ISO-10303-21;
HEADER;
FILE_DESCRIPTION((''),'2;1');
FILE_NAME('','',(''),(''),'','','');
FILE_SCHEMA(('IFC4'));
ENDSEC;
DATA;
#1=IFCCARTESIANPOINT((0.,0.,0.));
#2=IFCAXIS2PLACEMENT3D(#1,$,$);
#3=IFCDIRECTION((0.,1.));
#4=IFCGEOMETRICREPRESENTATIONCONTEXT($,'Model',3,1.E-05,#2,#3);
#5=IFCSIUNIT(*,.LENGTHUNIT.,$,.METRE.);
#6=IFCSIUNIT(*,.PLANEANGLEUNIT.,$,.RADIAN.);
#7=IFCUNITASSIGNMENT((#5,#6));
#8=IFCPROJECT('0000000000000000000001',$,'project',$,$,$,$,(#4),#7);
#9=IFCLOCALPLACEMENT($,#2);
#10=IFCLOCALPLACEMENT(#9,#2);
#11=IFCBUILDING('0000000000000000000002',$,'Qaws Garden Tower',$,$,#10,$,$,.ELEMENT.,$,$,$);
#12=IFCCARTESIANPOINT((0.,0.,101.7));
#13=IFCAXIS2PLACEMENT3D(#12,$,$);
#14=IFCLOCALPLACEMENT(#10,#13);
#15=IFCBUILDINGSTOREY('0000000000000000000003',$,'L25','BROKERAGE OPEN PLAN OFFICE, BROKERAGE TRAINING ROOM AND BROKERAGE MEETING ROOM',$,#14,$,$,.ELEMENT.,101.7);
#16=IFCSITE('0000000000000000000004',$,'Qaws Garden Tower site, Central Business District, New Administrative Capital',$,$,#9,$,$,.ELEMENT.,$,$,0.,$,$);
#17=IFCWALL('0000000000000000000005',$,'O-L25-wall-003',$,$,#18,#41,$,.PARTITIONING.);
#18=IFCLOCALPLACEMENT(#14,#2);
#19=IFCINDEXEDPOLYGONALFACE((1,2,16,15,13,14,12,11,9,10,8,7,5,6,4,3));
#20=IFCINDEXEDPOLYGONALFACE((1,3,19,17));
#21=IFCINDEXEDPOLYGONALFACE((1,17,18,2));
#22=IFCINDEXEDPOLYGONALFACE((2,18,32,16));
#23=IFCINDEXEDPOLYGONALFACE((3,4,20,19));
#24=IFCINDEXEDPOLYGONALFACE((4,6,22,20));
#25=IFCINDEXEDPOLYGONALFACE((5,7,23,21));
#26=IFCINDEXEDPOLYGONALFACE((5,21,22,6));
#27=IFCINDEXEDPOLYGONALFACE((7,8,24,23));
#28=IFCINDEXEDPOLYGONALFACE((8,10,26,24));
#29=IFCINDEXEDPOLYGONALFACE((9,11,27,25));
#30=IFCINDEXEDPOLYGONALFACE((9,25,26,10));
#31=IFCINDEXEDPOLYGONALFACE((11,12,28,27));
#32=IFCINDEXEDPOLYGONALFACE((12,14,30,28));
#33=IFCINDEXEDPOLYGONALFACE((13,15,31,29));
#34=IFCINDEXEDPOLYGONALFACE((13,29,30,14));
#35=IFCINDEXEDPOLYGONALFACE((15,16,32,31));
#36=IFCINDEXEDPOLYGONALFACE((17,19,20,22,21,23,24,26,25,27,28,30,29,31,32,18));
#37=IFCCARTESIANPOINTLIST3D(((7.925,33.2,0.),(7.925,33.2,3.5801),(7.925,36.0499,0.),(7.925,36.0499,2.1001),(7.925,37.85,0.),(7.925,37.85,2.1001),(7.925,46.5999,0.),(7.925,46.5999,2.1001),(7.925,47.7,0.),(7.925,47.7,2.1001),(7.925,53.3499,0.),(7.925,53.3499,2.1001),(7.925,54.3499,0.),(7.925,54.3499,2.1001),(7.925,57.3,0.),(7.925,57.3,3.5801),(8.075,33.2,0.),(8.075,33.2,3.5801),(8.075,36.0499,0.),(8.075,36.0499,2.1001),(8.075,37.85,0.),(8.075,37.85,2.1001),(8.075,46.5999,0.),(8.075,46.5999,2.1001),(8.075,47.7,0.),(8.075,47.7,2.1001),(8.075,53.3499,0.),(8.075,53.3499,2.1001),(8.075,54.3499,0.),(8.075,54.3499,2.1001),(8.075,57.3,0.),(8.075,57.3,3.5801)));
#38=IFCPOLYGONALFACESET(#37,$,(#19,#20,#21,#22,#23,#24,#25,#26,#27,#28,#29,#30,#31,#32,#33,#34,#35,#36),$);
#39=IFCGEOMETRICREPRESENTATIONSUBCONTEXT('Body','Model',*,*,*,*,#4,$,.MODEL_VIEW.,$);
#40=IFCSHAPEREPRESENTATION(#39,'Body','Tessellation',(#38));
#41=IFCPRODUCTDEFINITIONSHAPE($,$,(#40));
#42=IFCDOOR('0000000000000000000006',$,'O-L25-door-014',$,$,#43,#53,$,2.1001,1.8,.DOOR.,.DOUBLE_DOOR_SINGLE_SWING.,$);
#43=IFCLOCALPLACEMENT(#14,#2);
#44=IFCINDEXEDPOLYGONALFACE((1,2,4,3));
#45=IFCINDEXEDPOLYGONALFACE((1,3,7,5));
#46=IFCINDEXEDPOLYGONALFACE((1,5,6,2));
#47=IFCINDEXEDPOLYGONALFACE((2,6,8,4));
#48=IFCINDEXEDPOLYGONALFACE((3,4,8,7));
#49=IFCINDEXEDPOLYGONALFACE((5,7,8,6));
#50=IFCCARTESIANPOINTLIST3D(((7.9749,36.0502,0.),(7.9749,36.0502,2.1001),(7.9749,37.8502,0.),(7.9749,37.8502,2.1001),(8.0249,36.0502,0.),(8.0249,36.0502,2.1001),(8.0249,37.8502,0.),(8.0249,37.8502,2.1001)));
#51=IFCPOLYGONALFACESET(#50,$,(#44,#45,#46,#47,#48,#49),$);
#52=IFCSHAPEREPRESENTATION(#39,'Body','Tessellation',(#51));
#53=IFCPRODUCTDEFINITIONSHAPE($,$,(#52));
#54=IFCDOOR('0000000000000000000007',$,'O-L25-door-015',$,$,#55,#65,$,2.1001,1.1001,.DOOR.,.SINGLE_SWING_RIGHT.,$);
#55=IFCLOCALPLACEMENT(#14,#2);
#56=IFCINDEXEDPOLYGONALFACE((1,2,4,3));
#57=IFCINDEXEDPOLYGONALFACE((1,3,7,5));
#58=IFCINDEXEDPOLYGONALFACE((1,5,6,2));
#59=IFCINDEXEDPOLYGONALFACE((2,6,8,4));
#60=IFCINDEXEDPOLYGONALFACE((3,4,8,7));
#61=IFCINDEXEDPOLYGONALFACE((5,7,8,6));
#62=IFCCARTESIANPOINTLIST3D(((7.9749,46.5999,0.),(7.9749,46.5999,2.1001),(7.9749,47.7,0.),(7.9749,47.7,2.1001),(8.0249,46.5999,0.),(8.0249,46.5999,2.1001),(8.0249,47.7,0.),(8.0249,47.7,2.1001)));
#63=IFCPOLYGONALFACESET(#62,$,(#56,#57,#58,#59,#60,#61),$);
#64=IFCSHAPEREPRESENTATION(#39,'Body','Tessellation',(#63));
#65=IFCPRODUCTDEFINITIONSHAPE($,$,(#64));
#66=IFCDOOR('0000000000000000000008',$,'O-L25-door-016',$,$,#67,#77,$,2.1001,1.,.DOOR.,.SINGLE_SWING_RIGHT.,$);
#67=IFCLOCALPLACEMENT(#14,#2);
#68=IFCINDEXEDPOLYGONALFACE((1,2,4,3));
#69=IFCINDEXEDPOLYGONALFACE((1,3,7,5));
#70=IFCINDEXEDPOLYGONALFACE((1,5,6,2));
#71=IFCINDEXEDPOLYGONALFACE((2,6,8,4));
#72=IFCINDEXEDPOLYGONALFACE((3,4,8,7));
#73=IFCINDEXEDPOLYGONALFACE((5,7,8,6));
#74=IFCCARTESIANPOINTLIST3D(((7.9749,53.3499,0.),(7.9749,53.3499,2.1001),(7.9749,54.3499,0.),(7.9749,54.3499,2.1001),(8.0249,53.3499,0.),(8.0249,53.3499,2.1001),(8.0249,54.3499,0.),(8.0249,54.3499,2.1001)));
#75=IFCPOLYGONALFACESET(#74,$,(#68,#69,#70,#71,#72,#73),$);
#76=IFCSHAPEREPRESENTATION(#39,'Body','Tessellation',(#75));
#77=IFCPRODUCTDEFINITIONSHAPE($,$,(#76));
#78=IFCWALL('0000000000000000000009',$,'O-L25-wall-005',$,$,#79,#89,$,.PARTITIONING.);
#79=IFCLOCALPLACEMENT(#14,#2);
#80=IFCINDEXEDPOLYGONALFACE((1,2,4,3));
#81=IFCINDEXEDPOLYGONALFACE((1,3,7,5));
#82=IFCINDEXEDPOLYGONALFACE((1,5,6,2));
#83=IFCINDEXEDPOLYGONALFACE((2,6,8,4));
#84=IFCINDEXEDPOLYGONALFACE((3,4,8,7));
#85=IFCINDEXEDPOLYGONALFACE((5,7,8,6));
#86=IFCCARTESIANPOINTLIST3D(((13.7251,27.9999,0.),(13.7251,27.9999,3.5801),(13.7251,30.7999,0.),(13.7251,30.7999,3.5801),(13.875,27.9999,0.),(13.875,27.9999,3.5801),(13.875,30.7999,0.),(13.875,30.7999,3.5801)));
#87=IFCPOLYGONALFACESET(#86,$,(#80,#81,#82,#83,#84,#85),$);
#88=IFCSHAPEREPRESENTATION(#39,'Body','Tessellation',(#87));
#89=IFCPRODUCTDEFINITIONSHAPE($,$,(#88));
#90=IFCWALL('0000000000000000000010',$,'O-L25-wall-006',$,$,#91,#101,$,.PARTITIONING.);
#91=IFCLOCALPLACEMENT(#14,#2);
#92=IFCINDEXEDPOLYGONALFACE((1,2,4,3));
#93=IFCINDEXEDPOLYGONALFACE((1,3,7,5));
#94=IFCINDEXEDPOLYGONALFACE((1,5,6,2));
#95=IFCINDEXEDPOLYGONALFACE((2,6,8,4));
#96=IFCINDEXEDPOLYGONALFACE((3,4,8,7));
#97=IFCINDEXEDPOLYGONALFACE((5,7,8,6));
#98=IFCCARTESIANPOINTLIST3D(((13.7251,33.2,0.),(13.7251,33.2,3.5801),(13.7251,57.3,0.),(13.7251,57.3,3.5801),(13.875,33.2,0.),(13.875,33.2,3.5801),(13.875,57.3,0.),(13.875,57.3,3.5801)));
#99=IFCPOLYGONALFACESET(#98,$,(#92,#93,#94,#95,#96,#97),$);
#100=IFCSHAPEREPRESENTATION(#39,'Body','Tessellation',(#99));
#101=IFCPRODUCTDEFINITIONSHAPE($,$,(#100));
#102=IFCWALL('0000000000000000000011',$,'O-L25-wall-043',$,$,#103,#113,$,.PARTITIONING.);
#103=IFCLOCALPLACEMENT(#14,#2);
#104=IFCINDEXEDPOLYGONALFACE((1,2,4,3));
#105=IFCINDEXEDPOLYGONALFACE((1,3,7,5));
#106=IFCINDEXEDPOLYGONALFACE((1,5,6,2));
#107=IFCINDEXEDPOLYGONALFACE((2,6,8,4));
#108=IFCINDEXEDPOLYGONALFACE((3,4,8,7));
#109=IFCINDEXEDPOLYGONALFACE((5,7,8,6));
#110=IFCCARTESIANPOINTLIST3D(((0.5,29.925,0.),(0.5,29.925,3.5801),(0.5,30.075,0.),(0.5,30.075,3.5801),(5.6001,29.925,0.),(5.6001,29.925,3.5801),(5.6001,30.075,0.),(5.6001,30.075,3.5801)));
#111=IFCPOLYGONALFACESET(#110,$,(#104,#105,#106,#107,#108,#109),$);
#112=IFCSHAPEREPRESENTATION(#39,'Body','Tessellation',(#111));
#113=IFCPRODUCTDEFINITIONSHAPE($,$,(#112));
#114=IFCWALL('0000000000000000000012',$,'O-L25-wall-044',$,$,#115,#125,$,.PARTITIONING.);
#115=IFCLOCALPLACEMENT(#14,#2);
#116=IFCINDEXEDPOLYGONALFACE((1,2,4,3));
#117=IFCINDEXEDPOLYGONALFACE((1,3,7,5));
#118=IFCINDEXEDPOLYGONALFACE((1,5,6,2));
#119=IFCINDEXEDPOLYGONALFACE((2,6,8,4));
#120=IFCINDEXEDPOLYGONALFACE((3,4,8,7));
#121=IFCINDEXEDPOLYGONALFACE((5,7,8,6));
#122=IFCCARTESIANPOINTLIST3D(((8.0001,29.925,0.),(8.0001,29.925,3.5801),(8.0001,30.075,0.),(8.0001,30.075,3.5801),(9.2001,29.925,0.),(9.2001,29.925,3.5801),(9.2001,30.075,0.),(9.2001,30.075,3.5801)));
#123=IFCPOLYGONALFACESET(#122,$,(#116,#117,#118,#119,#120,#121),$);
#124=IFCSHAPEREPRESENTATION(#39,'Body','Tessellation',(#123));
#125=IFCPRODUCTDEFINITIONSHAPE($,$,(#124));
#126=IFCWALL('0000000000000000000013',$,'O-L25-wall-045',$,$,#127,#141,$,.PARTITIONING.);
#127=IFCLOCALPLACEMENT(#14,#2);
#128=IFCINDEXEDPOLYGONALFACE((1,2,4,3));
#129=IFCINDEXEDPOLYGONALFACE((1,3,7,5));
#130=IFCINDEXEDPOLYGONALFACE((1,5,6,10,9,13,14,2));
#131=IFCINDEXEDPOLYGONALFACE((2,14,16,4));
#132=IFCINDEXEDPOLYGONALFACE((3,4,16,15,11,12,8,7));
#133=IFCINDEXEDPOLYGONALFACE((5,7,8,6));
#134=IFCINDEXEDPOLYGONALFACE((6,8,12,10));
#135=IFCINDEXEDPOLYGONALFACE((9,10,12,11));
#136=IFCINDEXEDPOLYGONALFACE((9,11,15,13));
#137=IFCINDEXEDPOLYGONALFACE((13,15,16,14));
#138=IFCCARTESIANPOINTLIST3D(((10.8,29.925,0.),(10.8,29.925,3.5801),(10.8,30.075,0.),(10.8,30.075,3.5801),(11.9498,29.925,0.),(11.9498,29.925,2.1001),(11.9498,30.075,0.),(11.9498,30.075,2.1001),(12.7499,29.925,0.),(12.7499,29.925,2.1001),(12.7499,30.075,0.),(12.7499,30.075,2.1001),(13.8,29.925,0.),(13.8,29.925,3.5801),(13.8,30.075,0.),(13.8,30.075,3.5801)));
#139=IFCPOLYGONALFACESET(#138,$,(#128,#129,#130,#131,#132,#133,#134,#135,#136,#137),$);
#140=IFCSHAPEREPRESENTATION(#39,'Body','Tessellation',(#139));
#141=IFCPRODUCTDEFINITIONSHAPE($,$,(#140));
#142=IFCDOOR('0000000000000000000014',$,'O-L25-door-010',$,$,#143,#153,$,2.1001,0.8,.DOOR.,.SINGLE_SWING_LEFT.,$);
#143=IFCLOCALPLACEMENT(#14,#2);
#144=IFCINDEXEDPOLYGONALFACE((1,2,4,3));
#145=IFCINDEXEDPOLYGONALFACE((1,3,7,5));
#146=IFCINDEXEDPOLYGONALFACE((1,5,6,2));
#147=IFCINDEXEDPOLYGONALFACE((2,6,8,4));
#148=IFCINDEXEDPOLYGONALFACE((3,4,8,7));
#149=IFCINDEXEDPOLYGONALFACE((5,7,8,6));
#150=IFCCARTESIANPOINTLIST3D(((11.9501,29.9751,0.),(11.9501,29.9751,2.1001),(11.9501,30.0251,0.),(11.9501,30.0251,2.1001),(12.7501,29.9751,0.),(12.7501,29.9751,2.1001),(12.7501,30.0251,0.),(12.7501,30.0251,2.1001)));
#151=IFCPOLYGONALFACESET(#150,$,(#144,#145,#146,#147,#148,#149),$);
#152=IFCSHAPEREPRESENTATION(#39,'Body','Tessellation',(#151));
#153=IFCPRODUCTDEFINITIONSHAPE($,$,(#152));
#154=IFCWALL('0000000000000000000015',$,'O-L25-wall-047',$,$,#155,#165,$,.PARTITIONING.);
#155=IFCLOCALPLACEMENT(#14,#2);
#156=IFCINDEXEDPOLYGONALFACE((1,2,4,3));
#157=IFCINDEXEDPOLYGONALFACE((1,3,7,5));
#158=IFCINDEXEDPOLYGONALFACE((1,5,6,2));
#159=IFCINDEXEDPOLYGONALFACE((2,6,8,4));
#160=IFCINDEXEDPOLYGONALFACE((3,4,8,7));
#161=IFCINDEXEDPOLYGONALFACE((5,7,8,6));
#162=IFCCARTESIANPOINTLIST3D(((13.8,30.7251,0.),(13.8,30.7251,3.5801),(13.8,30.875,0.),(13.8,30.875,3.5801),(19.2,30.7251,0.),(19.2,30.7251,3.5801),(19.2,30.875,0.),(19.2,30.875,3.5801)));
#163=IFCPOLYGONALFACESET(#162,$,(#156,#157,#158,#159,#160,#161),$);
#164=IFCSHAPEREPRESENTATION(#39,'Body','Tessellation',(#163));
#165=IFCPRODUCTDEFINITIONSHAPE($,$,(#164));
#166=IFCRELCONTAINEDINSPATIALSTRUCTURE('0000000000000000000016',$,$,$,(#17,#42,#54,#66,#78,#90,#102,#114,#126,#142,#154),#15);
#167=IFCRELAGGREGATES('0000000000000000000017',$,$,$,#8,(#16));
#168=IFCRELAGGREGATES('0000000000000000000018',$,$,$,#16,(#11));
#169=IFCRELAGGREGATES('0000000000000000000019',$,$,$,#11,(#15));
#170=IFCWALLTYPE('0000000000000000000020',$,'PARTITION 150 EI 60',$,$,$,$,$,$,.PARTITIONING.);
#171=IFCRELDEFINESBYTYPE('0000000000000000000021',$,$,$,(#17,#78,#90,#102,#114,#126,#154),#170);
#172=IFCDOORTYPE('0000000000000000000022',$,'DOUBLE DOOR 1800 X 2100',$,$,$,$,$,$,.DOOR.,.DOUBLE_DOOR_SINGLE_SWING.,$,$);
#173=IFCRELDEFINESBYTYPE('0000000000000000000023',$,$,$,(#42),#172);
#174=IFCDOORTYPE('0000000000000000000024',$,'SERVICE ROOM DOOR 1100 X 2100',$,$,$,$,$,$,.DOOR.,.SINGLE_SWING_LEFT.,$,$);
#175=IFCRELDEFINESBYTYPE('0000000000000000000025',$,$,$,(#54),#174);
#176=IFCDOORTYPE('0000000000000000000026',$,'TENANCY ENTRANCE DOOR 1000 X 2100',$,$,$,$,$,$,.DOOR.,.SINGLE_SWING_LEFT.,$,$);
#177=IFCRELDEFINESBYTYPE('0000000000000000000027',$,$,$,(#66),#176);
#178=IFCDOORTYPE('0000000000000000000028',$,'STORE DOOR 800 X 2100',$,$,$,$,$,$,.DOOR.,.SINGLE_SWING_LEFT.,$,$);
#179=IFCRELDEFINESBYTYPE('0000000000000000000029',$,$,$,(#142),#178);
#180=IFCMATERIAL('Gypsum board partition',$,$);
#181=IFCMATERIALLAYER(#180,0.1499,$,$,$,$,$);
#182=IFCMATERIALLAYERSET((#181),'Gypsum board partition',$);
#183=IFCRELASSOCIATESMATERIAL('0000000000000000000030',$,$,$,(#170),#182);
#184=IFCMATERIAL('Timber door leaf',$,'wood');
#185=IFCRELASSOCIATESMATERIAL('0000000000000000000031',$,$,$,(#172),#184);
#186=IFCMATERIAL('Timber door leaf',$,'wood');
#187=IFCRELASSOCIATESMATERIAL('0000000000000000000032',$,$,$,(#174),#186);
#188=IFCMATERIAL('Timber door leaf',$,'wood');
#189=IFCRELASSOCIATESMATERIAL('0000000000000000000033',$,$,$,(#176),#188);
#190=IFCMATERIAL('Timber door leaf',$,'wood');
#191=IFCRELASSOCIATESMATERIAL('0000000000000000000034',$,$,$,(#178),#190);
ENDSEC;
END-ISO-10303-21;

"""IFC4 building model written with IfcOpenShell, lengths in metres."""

from ifc_helpers import new_model, si_unit, direction, frame, frame_2d, origin, place, context, subcontext, project, spatial, rectangle, extrude, material, layer, layer_set, type_object, element, fill, save


model = new_model("IFC4")

# Units and contexts
model_context = context("Model", 3, precision=1e-05, world=origin(), true_north=direction((0.0, 1.0)))
body_context = subcontext(model_context, "Body", "Model", "MODEL_VIEW")
ifc_project = project(units=[si_unit("LENGTHUNIT", "METRE"), si_unit("PLANEANGLEUNIT", "RADIAN")], contexts=[model_context])

# Site, building, storey
site_placement = place(None, origin())
site = spatial("IfcSite", under=ifc_project, at=site_placement, Name="Qaws Garden Tower site, Central Business District, New Administrative Capital", CompositionType="ELEMENT", RefElevation=0.0)
building_placement = place(site_placement, origin())
building = spatial("IfcBuilding", under=site, at=building_placement, Name="Qaws Garden Tower", CompositionType="ELEMENT")
storey_placement = place(building_placement, frame((0.0, 0.0, 101.7)))
storey = spatial("IfcBuildingStorey", under=building, at=storey_placement, Name="L25", Description="BROKERAGE OPEN PLAN OFFICE, BROKERAGE TRAINING ROOM AND BROKERAGE MEETING ROOM", CompositionType="ELEMENT", Elevation=101.7)

# Wall, openings, doors
ifc_material_1 = material(Name="Gypsum board partition")
ifc_layer_1 = layer(ifc_material_1, 0.1499)
ifc_layer_set_1 = layer_set([ifc_layer_1], Name="Gypsum board partition")
wall_type_1 = type_object("IfcWallType", Name="PARTITION 150 EI 60", PredefinedType="PARTITIONING", material=ifc_layer_set_1)
wall_1_placement = place(storey_placement, frame((8.0, 33.2, 0.0), z_axis=(0.0, 0.0, 1.0), x_axis=(0.0, 1.0, 0.0)))
wall_1 = element("IfcWall", 1, at=wall_1_placement, inside=storey, type_object=wall_type_1, Name="O-L25-wall-003", PredefinedType="PARTITIONING", context=body_context, shape_type="SweptSolid", body=[
    extrude(rectangle(XDim=24.1001, YDim=0.1499, at=frame_2d((12.05, 0.0))), origin(), (0.0, 0.0, 1.0), 3.5801),
])
opening_1_placement = place(wall_1_placement, frame((2.8501, 0.0, 0.0)))
opening_1 = element("IfcOpeningElement", 2, at=opening_1_placement, cuts=wall_1, PredefinedType="OPENING", context=body_context, shape_type="SweptSolid", body=[
    extrude(rectangle(XDim=1.8, YDim=2.1001, at=frame_2d((0.8999, 1.05))), frame((0.0, 0.085, 0.0), z_axis=(0.0, -1.0, 0.0), x_axis=(1.0, 0.0, 0.0)), (0.0, 0.0, 1.0), 0.1699),
])
opening_2_placement = place(wall_1_placement, frame((13.3999, 0.0, 0.0)))
opening_2 = element("IfcOpeningElement", 3, at=opening_2_placement, cuts=wall_1, PredefinedType="OPENING", context=body_context, shape_type="SweptSolid", body=[
    extrude(rectangle(XDim=1.1001, YDim=2.1001, at=frame_2d((0.55, 1.05))), frame((0.0, 0.085, 0.0), z_axis=(0.0, -1.0, 0.0), x_axis=(1.0, 0.0, 0.0)), (0.0, 0.0, 1.0), 0.1699),
])
opening_3_placement = place(wall_1_placement, frame((20.1499, 0.0, 0.0)))
opening_3 = element("IfcOpeningElement", 4, at=opening_3_placement, cuts=wall_1, PredefinedType="OPENING", context=body_context, shape_type="SweptSolid", body=[
    extrude(rectangle(XDim=1.0, YDim=2.1001, at=frame_2d((0.5, 1.05))), frame((0.0, 0.085, 0.0), z_axis=(0.0, -1.0, 0.0), x_axis=(1.0, 0.0, 0.0)), (0.0, 0.0, 1.0), 0.1699),
])
ifc_material_2 = material(Name="Timber door leaf", Category="wood")
door_type_1 = type_object("IfcDoorType", Name="DOUBLE DOOR 1800 X 2100", OperationType="DOUBLE_DOOR_SINGLE_SWING", PredefinedType="DOOR", material=ifc_material_2)
door_1_placement = place(opening_1_placement, frame((1.8, 0.0, 0.0), z_axis=(0.0, 0.0, 1.0), x_axis=(-1.0, 0.0, 0.0)))
door_1 = element("IfcDoor", 5, at=door_1_placement, inside=storey, type_object=door_type_1, Name="O-L25-door-014", OperationType="DOUBLE_DOOR_SINGLE_SWING", OverallHeight=2.1001, OverallWidth=1.8, PredefinedType="DOOR", context=body_context, shape_type="SweptSolid", body=[
    extrude(rectangle(XDim=1.8, YDim=2.1001, at=frame_2d((0.8999, 1.05))), frame((0.0, 0.0249, 0.0), z_axis=(0.0, -1.0, 0.0), x_axis=(1.0, 0.0, 0.0)), (0.0, 0.0, 1.0), 0.05),
])
fill(opening_1, door_1)
ifc_material_3 = material(Name="Timber door leaf", Category="wood")
door_type_2 = type_object("IfcDoorType", Name="SERVICE ROOM DOOR 1100 X 2100", OperationType="SINGLE_SWING_LEFT", PredefinedType="DOOR", material=ifc_material_3)
door_2_placement = place(opening_2_placement, frame((1.1001, 0.0, 0.0), z_axis=(0.0, 0.0, 1.0), x_axis=(-1.0, 0.0, 0.0)))
door_2 = element("IfcDoor", 6, at=door_2_placement, inside=storey, type_object=door_type_2, Name="O-L25-door-015", OperationType="SINGLE_SWING_RIGHT", OverallHeight=2.1001, OverallWidth=1.1001, PredefinedType="DOOR", context=body_context, shape_type="SweptSolid", body=[
    extrude(rectangle(XDim=1.1001, YDim=2.1001, at=frame_2d((0.55, 1.05))), frame((0.0, 0.0249, 0.0), z_axis=(0.0, -1.0, 0.0), x_axis=(1.0, 0.0, 0.0)), (0.0, 0.0, 1.0), 0.05),
])
fill(opening_2, door_2)
ifc_material_4 = material(Name="Timber door leaf", Category="wood")
door_type_3 = type_object("IfcDoorType", Name="TENANCY ENTRANCE DOOR 1000 X 2100", OperationType="SINGLE_SWING_LEFT", PredefinedType="DOOR", material=ifc_material_4)
door_3_placement = place(opening_3_placement, frame((1.0, 0.0, 0.0), z_axis=(0.0, 0.0, 1.0), x_axis=(-1.0, 0.0, 0.0)))
door_3 = element("IfcDoor", 7, at=door_3_placement, inside=storey, type_object=door_type_3, Name="O-L25-door-016", OperationType="SINGLE_SWING_RIGHT", OverallHeight=2.1001, OverallWidth=1.0, PredefinedType="DOOR", context=body_context, shape_type="SweptSolid", body=[
    extrude(rectangle(XDim=1.0, YDim=2.1001, at=frame_2d((0.5, 1.05))), frame((0.0, 0.0249, 0.0), z_axis=(0.0, -1.0, 0.0), x_axis=(1.0, 0.0, 0.0)), (0.0, 0.0, 1.0), 0.05),
])
fill(opening_3, door_3)

# Walls
wall_2_placement = place(storey_placement, frame((13.8, 28.0, 0.0), z_axis=(0.0, 0.0, 1.0), x_axis=(0.0, 1.0, 0.0)))
element("IfcWall", 8, at=wall_2_placement, inside=storey, type_object=wall_type_1, Name="O-L25-wall-005", PredefinedType="PARTITIONING", context=body_context, shape_type="SweptSolid", body=[
    extrude(rectangle(XDim=2.8, YDim=0.1499, at=frame_2d((1.3999, 0.0))), origin(), (0.0, 0.0, 1.0), 3.5801),
])
wall_3_placement = place(storey_placement, frame((13.8, 33.2, 0.0), z_axis=(0.0, 0.0, 1.0), x_axis=(0.0, 1.0, 0.0)))
element("IfcWall", 9, at=wall_3_placement, inside=storey, type_object=wall_type_1, Name="O-L25-wall-006", PredefinedType="PARTITIONING", context=body_context, shape_type="SweptSolid", body=[
    extrude(rectangle(XDim=24.1001, YDim=0.1499, at=frame_2d((12.05, 0.0))), origin(), (0.0, 0.0, 1.0), 3.5801),
])
wall_4_placement = place(storey_placement, frame((0.5, 30.0, 0.0), z_axis=(0.0, 0.0, 1.0), x_axis=(1.0, 0.0, 0.0)))
element("IfcWall", 10, at=wall_4_placement, inside=storey, type_object=wall_type_1, Name="O-L25-wall-043", PredefinedType="PARTITIONING", context=body_context, shape_type="SweptSolid", body=[
    extrude(rectangle(XDim=5.1001, YDim=0.1499, at=frame_2d((2.55, 0.0))), origin(), (0.0, 0.0, 1.0), 3.5801),
])
wall_5_placement = place(storey_placement, frame((8.0, 30.0, 0.0), z_axis=(0.0, 0.0, 1.0), x_axis=(1.0, 0.0, 0.0)))
element("IfcWall", 11, at=wall_5_placement, inside=storey, type_object=wall_type_1, Name="O-L25-wall-044", PredefinedType="PARTITIONING", context=body_context, shape_type="SweptSolid", body=[
    extrude(rectangle(XDim=1.2, YDim=0.1499, at=frame_2d((0.6001, 0.0))), origin(), (0.0, 0.0, 1.0), 3.5801),
])

# Wall, opening, door
wall_6_placement = place(storey_placement, frame((10.8, 30.0, 0.0), z_axis=(0.0, 0.0, 1.0), x_axis=(1.0, 0.0, 0.0)))
wall_6 = element("IfcWall", 12, at=wall_6_placement, inside=storey, type_object=wall_type_1, Name="O-L25-wall-045", PredefinedType="PARTITIONING", context=body_context, shape_type="SweptSolid", body=[
    extrude(rectangle(XDim=3.0, YDim=0.1499, at=frame_2d((1.5, 0.0))), origin(), (0.0, 0.0, 1.0), 3.5801),
])
opening_4_placement = place(wall_6_placement, frame((1.1499, 0.0, 0.0)))
opening_4 = element("IfcOpeningElement", 13, at=opening_4_placement, cuts=wall_6, PredefinedType="OPENING", context=body_context, shape_type="SweptSolid", body=[
    extrude(rectangle(XDim=0.8, YDim=2.1001, at=frame_2d((0.3999, 1.05))), frame((0.0, 0.085, 0.0), z_axis=(0.0, -1.0, 0.0), x_axis=(1.0, 0.0, 0.0)), (0.0, 0.0, 1.0), 0.1699),
])
ifc_material_5 = material(Name="Timber door leaf", Category="wood")
door_type_4 = type_object("IfcDoorType", Name="STORE DOOR 800 X 2100", OperationType="SINGLE_SWING_LEFT", PredefinedType="DOOR", material=ifc_material_5)
door_4_placement = place(opening_4_placement, frame((0.8, 0.0, 0.0), z_axis=(0.0, 0.0, 1.0), x_axis=(-1.0, 0.0, 0.0)))
door_4 = element("IfcDoor", 14, at=door_4_placement, inside=storey, type_object=door_type_4, Name="O-L25-door-010", OperationType="SINGLE_SWING_LEFT", OverallHeight=2.1001, OverallWidth=0.8, PredefinedType="DOOR", context=body_context, shape_type="SweptSolid", body=[
    extrude(rectangle(XDim=0.8, YDim=2.1001, at=frame_2d((0.3999, 1.05))), frame((0.0, 0.0249, 0.0), z_axis=(0.0, -1.0, 0.0), x_axis=(1.0, 0.0, 0.0)), (0.0, 0.0, 1.0), 0.05),
])
fill(opening_4, door_4)

# Wall
wall_7_placement = place(storey_placement, frame((13.8, 30.8, 0.0), z_axis=(0.0, 0.0, 1.0), x_axis=(1.0, 0.0, 0.0)))
element("IfcWall", 15, at=wall_7_placement, inside=storey, type_object=wall_type_1, Name="O-L25-wall-047", PredefinedType="PARTITIONING", context=body_context, shape_type="SweptSolid", body=[
    extrude(rectangle(XDim=5.3999, YDim=0.1499, at=frame_2d((2.7, 0.0))), origin(), (0.0, 0.0, 1.0), 3.5801),
])

save(model, "model.ifc")
